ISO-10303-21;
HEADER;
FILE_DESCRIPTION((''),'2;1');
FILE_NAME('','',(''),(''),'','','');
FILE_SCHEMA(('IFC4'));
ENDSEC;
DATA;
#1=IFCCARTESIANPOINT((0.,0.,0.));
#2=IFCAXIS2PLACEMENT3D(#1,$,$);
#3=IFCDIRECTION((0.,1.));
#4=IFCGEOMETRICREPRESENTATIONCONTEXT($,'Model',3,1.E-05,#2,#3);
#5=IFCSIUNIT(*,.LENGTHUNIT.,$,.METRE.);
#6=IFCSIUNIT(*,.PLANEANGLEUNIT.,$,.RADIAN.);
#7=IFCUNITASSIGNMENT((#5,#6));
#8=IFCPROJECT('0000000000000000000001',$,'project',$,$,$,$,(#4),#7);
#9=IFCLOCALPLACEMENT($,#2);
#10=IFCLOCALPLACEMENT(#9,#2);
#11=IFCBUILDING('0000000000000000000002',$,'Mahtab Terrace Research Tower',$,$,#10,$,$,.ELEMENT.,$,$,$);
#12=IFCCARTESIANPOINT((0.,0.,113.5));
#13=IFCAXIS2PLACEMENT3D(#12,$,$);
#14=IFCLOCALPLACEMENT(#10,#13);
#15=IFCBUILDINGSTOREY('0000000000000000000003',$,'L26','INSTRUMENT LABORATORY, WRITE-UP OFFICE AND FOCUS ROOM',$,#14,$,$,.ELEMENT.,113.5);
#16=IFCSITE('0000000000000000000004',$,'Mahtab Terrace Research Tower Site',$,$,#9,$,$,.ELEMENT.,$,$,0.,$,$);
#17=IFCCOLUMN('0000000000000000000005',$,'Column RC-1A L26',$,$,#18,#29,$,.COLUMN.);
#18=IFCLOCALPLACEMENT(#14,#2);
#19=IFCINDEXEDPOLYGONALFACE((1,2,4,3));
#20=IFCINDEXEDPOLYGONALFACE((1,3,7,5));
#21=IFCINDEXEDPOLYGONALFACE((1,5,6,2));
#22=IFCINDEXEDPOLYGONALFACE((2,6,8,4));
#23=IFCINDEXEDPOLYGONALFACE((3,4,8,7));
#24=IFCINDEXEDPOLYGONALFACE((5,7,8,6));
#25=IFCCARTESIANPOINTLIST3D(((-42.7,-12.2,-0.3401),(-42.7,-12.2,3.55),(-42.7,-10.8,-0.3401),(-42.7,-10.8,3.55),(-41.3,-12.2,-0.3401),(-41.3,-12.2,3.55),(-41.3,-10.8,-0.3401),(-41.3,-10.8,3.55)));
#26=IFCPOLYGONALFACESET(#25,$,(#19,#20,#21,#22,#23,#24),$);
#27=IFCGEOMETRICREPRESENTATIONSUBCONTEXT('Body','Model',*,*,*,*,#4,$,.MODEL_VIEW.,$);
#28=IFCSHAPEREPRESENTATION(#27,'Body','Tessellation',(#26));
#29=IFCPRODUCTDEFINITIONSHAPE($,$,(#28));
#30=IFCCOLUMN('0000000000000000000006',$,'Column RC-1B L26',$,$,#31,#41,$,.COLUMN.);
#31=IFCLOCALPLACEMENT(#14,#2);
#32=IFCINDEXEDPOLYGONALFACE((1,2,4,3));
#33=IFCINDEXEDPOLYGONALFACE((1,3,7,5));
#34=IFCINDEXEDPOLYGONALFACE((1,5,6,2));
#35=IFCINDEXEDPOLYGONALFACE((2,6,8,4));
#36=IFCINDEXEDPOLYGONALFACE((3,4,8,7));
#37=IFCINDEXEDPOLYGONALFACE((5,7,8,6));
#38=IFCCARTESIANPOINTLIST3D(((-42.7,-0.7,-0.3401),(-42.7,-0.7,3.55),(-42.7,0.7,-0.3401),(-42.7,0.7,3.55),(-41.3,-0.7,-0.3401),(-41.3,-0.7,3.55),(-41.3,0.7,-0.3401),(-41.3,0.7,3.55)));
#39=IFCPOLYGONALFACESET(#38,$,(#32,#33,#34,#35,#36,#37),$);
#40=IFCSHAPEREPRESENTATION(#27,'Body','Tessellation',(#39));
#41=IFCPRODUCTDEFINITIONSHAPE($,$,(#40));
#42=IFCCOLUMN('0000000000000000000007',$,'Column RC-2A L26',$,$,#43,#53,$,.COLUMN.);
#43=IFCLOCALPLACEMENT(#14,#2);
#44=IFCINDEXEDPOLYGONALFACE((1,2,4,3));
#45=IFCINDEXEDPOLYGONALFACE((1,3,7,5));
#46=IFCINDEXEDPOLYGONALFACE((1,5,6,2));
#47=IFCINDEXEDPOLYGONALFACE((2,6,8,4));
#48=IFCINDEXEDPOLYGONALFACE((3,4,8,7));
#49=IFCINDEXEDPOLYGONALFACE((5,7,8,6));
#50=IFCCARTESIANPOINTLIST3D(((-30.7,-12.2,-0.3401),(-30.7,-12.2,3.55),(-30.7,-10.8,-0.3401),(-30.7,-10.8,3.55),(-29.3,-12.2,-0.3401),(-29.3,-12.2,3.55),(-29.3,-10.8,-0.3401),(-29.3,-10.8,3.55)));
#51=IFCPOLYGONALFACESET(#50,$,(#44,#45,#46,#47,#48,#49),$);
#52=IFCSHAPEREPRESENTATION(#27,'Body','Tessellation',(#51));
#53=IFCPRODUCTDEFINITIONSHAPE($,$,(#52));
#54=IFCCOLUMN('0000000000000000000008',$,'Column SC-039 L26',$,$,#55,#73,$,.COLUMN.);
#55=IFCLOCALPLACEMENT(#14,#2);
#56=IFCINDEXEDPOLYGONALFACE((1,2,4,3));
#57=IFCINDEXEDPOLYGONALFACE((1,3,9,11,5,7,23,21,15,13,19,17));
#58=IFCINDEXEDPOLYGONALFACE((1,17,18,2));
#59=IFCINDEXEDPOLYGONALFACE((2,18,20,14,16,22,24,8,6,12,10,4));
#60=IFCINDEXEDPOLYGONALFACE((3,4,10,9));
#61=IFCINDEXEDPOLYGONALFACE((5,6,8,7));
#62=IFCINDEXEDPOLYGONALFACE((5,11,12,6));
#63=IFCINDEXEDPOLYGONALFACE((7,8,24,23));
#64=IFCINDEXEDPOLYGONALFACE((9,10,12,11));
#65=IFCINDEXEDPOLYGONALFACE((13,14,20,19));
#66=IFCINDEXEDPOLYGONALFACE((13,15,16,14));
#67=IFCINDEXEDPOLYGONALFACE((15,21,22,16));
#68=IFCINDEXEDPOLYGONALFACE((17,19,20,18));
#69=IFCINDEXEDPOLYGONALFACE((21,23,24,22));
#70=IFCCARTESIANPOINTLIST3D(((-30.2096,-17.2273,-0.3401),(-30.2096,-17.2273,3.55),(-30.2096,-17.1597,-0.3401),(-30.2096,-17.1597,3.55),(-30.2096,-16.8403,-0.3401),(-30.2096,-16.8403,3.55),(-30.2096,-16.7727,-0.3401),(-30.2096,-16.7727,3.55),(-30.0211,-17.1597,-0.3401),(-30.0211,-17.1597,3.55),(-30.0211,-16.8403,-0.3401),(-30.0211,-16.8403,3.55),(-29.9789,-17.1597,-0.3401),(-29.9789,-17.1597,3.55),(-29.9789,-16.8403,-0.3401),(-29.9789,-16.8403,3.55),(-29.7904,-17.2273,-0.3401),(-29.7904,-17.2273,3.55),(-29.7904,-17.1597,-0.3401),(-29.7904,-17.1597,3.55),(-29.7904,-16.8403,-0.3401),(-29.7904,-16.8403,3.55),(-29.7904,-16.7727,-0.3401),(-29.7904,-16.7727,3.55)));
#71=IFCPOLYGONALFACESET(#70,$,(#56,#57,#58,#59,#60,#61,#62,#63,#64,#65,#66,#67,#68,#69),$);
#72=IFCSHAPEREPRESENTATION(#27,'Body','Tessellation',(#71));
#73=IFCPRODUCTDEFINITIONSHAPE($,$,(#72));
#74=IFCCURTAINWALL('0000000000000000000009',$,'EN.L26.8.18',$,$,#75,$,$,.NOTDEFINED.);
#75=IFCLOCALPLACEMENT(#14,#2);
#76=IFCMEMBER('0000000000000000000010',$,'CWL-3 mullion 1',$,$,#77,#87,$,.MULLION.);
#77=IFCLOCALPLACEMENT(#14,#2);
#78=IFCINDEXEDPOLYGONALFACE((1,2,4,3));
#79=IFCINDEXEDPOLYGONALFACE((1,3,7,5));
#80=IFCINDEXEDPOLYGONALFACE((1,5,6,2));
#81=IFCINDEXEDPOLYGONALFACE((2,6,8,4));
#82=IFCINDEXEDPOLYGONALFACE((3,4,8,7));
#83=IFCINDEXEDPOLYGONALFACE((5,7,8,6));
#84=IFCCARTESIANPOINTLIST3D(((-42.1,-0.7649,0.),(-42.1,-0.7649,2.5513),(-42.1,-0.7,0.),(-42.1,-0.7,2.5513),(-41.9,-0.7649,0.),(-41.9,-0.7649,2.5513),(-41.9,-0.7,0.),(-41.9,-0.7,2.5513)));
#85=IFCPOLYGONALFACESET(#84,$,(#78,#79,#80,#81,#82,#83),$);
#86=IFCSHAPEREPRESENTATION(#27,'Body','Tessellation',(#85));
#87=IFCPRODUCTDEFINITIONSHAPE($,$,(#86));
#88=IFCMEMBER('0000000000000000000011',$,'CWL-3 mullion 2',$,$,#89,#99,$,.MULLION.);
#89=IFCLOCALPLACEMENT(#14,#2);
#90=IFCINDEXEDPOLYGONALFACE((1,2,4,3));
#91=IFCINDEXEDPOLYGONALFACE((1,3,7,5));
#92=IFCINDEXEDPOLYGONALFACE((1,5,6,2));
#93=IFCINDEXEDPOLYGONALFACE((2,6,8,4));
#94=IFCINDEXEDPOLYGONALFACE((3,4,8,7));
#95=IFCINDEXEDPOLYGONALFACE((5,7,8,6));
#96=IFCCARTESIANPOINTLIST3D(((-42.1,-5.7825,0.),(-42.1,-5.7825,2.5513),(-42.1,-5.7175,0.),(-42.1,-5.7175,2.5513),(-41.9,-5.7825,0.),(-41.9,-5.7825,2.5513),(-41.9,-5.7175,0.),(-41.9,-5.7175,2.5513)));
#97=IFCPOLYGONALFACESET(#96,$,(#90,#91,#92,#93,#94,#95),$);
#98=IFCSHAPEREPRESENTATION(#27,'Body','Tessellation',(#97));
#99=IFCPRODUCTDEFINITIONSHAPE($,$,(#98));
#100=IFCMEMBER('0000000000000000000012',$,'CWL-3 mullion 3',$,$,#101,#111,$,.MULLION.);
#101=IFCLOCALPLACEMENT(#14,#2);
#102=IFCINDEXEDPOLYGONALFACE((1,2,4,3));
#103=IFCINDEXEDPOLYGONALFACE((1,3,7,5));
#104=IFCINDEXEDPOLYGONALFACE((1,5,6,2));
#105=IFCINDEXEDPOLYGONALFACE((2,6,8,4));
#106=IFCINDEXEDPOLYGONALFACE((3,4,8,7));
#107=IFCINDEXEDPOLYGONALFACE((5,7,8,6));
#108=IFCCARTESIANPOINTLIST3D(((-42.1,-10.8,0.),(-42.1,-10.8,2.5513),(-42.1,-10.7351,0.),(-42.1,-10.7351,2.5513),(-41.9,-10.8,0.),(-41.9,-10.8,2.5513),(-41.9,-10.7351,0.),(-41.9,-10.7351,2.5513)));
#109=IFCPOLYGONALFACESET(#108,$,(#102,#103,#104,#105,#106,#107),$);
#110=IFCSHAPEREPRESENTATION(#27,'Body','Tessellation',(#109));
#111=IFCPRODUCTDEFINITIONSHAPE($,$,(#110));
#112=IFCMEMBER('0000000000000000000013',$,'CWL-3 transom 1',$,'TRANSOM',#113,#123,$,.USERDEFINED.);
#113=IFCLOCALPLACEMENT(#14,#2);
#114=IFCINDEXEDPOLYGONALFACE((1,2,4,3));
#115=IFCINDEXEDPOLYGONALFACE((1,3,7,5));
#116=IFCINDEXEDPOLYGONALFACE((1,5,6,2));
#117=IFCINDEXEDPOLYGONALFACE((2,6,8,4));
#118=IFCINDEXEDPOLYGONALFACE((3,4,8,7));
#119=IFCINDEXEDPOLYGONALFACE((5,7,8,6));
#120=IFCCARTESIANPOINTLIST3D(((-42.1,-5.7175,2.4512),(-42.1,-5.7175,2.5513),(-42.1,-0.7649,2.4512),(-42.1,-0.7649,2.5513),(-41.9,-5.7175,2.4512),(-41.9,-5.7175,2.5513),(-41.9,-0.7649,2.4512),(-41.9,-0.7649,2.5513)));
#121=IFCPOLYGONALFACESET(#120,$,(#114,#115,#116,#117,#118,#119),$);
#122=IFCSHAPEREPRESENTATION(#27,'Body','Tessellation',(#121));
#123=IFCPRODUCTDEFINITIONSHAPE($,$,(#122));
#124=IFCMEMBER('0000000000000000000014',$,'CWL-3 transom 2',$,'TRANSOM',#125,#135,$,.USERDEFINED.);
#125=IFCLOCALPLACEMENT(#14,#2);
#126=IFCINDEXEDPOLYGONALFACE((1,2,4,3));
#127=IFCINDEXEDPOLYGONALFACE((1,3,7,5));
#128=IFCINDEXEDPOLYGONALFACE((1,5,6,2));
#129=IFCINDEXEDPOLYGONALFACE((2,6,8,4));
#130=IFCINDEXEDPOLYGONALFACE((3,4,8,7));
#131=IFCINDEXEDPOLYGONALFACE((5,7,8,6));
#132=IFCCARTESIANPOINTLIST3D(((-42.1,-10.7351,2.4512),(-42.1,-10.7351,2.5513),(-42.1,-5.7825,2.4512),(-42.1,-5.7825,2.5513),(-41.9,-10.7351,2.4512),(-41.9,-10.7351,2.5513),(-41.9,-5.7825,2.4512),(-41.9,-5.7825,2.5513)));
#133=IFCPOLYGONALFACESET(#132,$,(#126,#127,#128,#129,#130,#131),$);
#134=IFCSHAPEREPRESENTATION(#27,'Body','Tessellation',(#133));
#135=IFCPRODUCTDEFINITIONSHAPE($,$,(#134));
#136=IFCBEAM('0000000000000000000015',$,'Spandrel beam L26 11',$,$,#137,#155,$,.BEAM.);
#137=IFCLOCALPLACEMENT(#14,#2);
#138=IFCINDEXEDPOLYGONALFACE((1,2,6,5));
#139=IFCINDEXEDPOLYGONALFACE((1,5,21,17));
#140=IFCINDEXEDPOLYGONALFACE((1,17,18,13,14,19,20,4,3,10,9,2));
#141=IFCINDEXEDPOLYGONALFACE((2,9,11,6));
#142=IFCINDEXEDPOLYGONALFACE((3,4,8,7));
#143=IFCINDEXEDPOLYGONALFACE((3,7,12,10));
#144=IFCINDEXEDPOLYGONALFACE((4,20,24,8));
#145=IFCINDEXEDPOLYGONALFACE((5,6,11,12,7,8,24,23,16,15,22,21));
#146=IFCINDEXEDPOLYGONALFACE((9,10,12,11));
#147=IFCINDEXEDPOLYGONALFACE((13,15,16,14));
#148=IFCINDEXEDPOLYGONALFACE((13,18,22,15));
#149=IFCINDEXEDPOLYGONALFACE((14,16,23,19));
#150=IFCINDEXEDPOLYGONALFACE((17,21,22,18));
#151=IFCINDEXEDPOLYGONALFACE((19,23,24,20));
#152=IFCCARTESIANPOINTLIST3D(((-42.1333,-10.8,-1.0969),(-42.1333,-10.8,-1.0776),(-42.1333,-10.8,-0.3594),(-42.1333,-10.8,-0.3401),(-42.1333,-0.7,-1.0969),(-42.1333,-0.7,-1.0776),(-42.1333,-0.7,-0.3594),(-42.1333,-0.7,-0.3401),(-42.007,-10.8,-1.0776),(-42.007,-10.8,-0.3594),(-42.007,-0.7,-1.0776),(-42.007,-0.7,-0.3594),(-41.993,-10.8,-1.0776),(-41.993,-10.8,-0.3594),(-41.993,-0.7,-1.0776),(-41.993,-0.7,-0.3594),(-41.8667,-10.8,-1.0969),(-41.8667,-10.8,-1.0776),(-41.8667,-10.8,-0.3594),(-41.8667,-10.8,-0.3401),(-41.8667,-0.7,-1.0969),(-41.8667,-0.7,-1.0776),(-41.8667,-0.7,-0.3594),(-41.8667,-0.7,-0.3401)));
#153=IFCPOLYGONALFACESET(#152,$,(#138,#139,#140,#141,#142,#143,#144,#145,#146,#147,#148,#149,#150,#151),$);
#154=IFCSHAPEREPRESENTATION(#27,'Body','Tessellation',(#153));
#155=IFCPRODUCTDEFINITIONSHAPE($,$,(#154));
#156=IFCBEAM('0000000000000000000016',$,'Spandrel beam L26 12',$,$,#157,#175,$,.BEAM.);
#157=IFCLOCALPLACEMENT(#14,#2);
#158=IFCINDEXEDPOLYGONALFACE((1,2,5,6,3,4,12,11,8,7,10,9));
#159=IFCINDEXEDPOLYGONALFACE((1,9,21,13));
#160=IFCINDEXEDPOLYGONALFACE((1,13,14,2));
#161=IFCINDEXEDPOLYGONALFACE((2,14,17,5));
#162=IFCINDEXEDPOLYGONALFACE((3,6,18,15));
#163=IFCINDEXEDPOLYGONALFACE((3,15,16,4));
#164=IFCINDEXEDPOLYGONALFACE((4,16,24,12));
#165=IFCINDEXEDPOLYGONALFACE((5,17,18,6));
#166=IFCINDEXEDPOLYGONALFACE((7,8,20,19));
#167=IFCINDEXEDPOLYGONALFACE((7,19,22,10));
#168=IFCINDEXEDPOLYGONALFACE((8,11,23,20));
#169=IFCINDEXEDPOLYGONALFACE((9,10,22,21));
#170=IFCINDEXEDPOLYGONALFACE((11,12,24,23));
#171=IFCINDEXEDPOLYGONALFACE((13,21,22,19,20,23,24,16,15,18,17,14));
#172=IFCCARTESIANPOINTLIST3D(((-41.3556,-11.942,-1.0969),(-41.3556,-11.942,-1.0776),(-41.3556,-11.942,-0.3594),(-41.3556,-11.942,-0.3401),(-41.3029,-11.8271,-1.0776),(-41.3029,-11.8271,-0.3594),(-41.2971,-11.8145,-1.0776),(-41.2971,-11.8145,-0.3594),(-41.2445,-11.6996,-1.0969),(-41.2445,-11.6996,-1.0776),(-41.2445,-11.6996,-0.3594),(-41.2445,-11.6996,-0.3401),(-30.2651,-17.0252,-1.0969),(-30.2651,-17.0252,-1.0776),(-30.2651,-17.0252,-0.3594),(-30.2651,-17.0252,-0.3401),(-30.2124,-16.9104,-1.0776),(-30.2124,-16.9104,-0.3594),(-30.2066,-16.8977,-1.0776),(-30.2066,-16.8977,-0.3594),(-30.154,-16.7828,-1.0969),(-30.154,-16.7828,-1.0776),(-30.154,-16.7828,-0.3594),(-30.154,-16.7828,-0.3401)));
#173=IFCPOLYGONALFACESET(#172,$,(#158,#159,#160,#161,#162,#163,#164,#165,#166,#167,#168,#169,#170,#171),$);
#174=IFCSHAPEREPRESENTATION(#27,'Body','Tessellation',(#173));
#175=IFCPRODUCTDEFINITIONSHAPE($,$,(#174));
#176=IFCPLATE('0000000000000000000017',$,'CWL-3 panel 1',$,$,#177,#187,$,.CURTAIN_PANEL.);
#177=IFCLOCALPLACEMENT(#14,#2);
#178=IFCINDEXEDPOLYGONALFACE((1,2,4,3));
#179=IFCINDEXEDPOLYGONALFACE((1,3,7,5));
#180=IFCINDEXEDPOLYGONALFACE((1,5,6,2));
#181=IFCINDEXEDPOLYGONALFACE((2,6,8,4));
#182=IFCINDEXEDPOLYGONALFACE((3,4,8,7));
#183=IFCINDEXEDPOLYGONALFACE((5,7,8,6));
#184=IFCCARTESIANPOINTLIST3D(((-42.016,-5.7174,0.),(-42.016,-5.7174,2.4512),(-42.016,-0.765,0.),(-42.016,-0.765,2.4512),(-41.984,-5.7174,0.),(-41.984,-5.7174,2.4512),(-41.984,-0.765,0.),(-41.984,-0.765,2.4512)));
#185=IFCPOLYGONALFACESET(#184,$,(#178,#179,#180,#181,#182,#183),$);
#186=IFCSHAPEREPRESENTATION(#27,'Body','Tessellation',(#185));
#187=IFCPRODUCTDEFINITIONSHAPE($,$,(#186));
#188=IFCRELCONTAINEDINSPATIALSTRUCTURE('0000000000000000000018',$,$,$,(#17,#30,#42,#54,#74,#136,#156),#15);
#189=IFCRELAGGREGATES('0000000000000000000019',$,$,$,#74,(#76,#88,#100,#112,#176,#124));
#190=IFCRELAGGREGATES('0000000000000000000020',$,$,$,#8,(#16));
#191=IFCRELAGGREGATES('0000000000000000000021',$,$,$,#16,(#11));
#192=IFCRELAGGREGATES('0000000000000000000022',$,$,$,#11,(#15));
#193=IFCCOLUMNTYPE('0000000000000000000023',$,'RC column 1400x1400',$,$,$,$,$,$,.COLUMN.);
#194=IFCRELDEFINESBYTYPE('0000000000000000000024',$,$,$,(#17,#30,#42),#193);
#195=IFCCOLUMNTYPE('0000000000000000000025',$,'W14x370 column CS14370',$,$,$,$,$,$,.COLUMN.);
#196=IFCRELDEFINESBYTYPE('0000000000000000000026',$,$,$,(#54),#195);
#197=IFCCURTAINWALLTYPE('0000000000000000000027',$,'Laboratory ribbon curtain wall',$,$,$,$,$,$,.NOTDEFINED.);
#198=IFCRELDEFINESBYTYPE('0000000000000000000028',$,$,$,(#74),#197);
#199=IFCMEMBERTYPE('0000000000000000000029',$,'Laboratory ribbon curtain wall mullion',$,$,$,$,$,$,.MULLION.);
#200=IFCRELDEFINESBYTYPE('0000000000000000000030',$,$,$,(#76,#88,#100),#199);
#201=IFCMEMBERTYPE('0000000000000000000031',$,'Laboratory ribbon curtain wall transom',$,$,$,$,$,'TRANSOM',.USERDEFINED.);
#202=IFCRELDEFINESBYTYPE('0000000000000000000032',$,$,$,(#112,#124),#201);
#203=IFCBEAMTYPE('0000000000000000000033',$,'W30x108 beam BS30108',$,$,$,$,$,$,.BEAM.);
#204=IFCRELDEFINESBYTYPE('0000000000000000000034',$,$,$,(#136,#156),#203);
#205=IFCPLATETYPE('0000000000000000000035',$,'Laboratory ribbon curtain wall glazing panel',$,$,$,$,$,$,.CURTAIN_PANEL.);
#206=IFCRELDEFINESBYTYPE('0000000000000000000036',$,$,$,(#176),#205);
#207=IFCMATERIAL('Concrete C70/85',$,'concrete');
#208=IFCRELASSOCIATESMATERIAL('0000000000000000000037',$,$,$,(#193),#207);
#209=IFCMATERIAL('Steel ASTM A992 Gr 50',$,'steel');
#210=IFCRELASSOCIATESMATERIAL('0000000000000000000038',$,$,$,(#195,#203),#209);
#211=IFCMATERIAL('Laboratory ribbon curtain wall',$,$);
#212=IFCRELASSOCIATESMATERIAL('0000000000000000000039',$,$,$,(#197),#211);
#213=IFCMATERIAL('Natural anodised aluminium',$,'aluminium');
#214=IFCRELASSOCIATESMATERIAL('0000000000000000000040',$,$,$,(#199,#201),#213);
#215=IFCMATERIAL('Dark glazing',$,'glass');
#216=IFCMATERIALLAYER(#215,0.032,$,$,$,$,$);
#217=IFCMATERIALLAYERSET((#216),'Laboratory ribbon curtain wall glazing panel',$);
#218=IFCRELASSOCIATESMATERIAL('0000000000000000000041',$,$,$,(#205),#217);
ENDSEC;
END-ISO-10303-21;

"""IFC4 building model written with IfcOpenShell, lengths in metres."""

from ifc_helpers import new_model, si_unit, direction, frame, origin, origin_2d, place, context, subcontext, project, spatial, rectangle, i_section, extrude, material, layer, layer_set, material_profile, profile_set, type_object, element, aggregate, save


model = new_model("IFC4")

# Units and contexts
model_context = context("Model", 3, precision=1e-05, world=origin(), true_north=direction((0.0, 1.0)))
body_context = subcontext(model_context, "Body", "Model", "MODEL_VIEW")
ifc_project = project(units=[si_unit("LENGTHUNIT", "METRE"), si_unit("PLANEANGLEUNIT", "RADIAN")], contexts=[model_context])

# Site, building, storey
site_placement = place(None, origin())
site = spatial("IfcSite", under=ifc_project, at=site_placement, Name="Mahtab Terrace Research Tower Site", CompositionType="ELEMENT", RefElevation=0.0)
building_placement = place(site_placement, origin())
building = spatial("IfcBuilding", under=site, at=building_placement, Name="Mahtab Terrace Research Tower", CompositionType="ELEMENT")
storey_placement = place(building_placement, frame((0.0, 0.0, 113.5)))
storey = spatial("IfcBuildingStorey", under=building, at=storey_placement, Name="L26", Description="INSTRUMENT LABORATORY, WRITE-UP OFFICE AND FOCUS ROOM", CompositionType="ELEMENT", Elevation=113.5)

# Columns
ifc_material_1 = material(Name="Concrete C70/85", Category="concrete")
ifc_material_profile_1 = material_profile(ifc_material_1, rectangle(XDim=1.3999, YDim=1.3999, at=origin_2d()), Name="RC column 1400x1400")
ifc_profile_set_1 = profile_set([ifc_material_profile_1], Name="Concrete C70/85")
column_type_1 = type_object("IfcColumnType", Name="RC column 1400x1400", PredefinedType="COLUMN", material=ifc_profile_set_1)
for number, where, z_axis, x_axis, name in (
    (1, (-42.0, -11.5, -0.3401), (0.0, 0.0, 1.0), (1.0, 0.0, 0.0), "Column RC-1A L26"),
    (2, (-42.0, 0.0, -0.3401), (0.0, 0.0, 1.0), (1.0, 0.0, 0.0), "Column RC-1B L26"),
    (3, (-30.0, -11.5, -0.3401), (0.0, 0.0, 1.0), (1.0, 0.0, 0.0), "Column RC-2A L26"),
):
    element("IfcColumn", number, at=place(storey_placement, frame(where, z_axis=z_axis, x_axis=x_axis)), inside=storey, type_object=column_type_1, Name=name, PredefinedType="COLUMN", context=body_context, shape_type="SweptSolid", body=[
        extrude(rectangle(XDim=1.3999, YDim=1.3999, at=origin_2d()), origin(), (0.0, 0.0, 1.0), 3.8901),
    ])
ifc_material_2 = material(Name="Steel ASTM A992 Gr 50", Category="steel")
ifc_material_profile_2 = material_profile(ifc_material_2, i_section(OverallWidth=0.4192, OverallDepth=0.4546, WebThickness=0.0422, FlangeThickness=0.0676, at=origin_2d()), Name="W14X370")
ifc_profile_set_2 = profile_set([ifc_material_profile_2], Name="Steel ASTM A992 Gr 50")
column_type_2 = type_object("IfcColumnType", Name="W14x370 column CS14370", PredefinedType="COLUMN", material=ifc_profile_set_2)
column_placement = place(storey_placement, frame((-30.0, -17.0, -0.3401), z_axis=(0.0, 0.0, 1.0), x_axis=(1.0, 0.0, 0.0)))
element("IfcColumn", 4, at=column_placement, inside=storey, type_object=column_type_2, Name="Column SC-039 L26", PredefinedType="COLUMN", context=body_context, shape_type="SweptSolid", body=[
    extrude(i_section(OverallWidth=0.4192, OverallDepth=0.4546, WebThickness=0.0422, FlangeThickness=0.0676, at=origin_2d()), origin(), (0.0, 0.0, 1.0), 3.8901),
])

# Curtain wall, members
ifc_material_3 = material(Name="Laboratory ribbon curtain wall")
curtain_wall_type = type_object("IfcCurtainWallType", Name="Laboratory ribbon curtain wall", PredefinedType="NOTDEFINED", material=ifc_material_3)
curtain_wall_placement = place(storey_placement, origin())
curtain_wall = element("IfcCurtainWall", 5, at=curtain_wall_placement, inside=storey, type_object=curtain_wall_type, Name="EN.L26.8.18", PredefinedType="NOTDEFINED")
ifc_material_4 = material(Name="Natural anodised aluminium", Category="aluminium")
ifc_material_profile_3 = material_profile(ifc_material_4, rectangle(XDim=0.2, YDim=0.0649, at=origin_2d()), Name="MULLION 65x200")
ifc_profile_set_3 = profile_set([ifc_material_profile_3], Name="Natural anodised aluminium")
member_type_1 = type_object("IfcMemberType", Name="Laboratory ribbon curtain wall mullion", PredefinedType="MULLION", material=ifc_profile_set_3)
member_1_placement = place(storey_placement, frame((-42.0, -0.7324, 0.0), z_axis=(0.0, 0.0, 1.0), x_axis=(1.0, 0.0, 0.0)))
member_1 = element("IfcMember", 6, at=member_1_placement, type_object=member_type_1, Name="CWL-3 mullion 1", PredefinedType="MULLION", context=body_context, shape_type="SweptSolid", body=[
    extrude(rectangle(XDim=0.2, YDim=0.0649, at=origin_2d()), origin(), (0.0, 0.0, 1.0), 2.5513),
])
member_2_placement = place(storey_placement, frame((-42.0, -5.75, 0.0), z_axis=(0.0, 0.0, 1.0), x_axis=(1.0, 0.0, 0.0)))
member_2 = element("IfcMember", 7, at=member_2_placement, type_object=member_type_1, Name="CWL-3 mullion 2", PredefinedType="MULLION", context=body_context, shape_type="SweptSolid", body=[
    extrude(rectangle(XDim=0.2, YDim=0.0649, at=origin_2d()), origin(), (0.0, 0.0, 1.0), 2.5513),
])
member_3_placement = place(storey_placement, frame((-42.0, -10.7676, 0.0), z_axis=(0.0, 0.0, 1.0), x_axis=(1.0, 0.0, 0.0)))
member_3 = element("IfcMember", 8, at=member_3_placement, type_object=member_type_1, Name="CWL-3 mullion 3", PredefinedType="MULLION", context=body_context, shape_type="SweptSolid", body=[
    extrude(rectangle(XDim=0.2, YDim=0.0649, at=origin_2d()), origin(), (0.0, 0.0, 1.0), 2.5513),
])
ifc_material_profile_4 = material_profile(ifc_material_4, rectangle(XDim=0.2, YDim=0.1001, at=origin_2d()), Name="TRANSOM 100x200")
ifc_profile_set_4 = profile_set([ifc_material_profile_4], Name="Natural anodised aluminium")
member_type_2 = type_object("IfcMemberType", Name="Laboratory ribbon curtain wall transom", ElementType="TRANSOM", PredefinedType="USERDEFINED", material=ifc_profile_set_4)
member_4_placement = place(storey_placement, frame((-42.0, -0.7649, 2.5012), z_axis=(0.0, -1.0, 0.0), x_axis=(1.0, 0.0, 0.0)))
member_4 = element("IfcMember", 9, at=member_4_placement, type_object=member_type_2, Name="CWL-3 transom 1", ObjectType="TRANSOM", PredefinedType="USERDEFINED", context=body_context, shape_type="SweptSolid", body=[
    extrude(rectangle(XDim=0.2, YDim=0.1001, at=origin_2d()), origin(), (0.0, 0.0, 1.0), 4.9526),
])
member_5_placement = place(storey_placement, frame((-42.0, -5.7825, 2.5012), z_axis=(0.0, -1.0, 0.0), x_axis=(1.0, 0.0, 0.0)))
member_5 = element("IfcMember", 10, at=member_5_placement, type_object=member_type_2, Name="CWL-3 transom 2", ObjectType="TRANSOM", PredefinedType="USERDEFINED", context=body_context, shape_type="SweptSolid", body=[
    extrude(rectangle(XDim=0.2, YDim=0.1001, at=origin_2d()), origin(), (0.0, 0.0, 1.0), 4.9526),
])

# Beams
ifc_material_profile_5 = material_profile(ifc_material_2, i_section(OverallWidth=0.2666, OverallDepth=0.7568, WebThickness=0.0139, FlangeThickness=0.0193, at=origin_2d()), Name="W30X108")
ifc_profile_set_5 = profile_set([ifc_material_profile_5], Name="Steel ASTM A992 Gr 50")
beam_type = type_object("IfcBeamType", Name="W30x108 beam BS30108", PredefinedType="BEAM", material=ifc_profile_set_5)
beam_1_placement = place(storey_placement, frame((-42.0, -0.7, -0.7185), z_axis=(0.0, -1.0, 0.0), x_axis=(1.0, 0.0, 0.0)))
element("IfcBeam", 11, at=beam_1_placement, inside=storey, type_object=beam_type, Name="Spandrel beam L26 11", PredefinedType="BEAM", context=body_context, shape_type="SweptSolid", body=[
    extrude(i_section(OverallWidth=0.2666, OverallDepth=0.7568, WebThickness=0.0139, FlangeThickness=0.0193, at=origin_2d()), origin(), (0.0, 0.0, 1.0), 10.1001),
])
beam_2_placement = place(storey_placement, frame((-41.3, -11.8208, -0.7185), z_axis=(0.909063, -0.41666, 0.0), x_axis=(0.41666, 0.909063, 0.0)))
element("IfcBeam", 12, at=beam_2_placement, inside=storey, type_object=beam_type, Name="Spandrel beam L26 12", PredefinedType="BEAM", context=body_context, shape_type="SweptSolid", body=[
    extrude(i_section(OverallWidth=0.2666, OverallDepth=0.7568, WebThickness=0.0139, FlangeThickness=0.0193, at=origin_2d()), origin(), (0.0, 0.0, 1.0), 12.2),
])

# Plate
ifc_material_5 = material(Name="Dark glazing", Category="glass")
ifc_layer_1 = layer(ifc_material_5, 0.032)
ifc_layer_set_1 = layer_set([ifc_layer_1], Name="Laboratory ribbon curtain wall glazing panel")
plate_type = type_object("IfcPlateType", Name="Laboratory ribbon curtain wall glazing panel", PredefinedType="CURTAIN_PANEL", material=ifc_layer_set_1)
plate_1_placement = place(storey_placement, frame((-42.0, -3.2412, 0.0), z_axis=(0.0, 0.0, 1.0), x_axis=(0.0, -1.0, 0.0)))
plate_1 = element("IfcPlate", 13, at=plate_1_placement, type_object=plate_type, Name="CWL-3 panel 1", PredefinedType="CURTAIN_PANEL", context=body_context, shape_type="SweptSolid", body=[
    extrude(rectangle(XDim=4.9524, YDim=0.032, at=origin_2d()), origin(), (0.0, 0.0, 1.0), 2.4512),
])
aggregate(curtain_wall, [member_1, member_2, member_3, member_4, plate_1, member_5])

save(model, "model.ifc")
